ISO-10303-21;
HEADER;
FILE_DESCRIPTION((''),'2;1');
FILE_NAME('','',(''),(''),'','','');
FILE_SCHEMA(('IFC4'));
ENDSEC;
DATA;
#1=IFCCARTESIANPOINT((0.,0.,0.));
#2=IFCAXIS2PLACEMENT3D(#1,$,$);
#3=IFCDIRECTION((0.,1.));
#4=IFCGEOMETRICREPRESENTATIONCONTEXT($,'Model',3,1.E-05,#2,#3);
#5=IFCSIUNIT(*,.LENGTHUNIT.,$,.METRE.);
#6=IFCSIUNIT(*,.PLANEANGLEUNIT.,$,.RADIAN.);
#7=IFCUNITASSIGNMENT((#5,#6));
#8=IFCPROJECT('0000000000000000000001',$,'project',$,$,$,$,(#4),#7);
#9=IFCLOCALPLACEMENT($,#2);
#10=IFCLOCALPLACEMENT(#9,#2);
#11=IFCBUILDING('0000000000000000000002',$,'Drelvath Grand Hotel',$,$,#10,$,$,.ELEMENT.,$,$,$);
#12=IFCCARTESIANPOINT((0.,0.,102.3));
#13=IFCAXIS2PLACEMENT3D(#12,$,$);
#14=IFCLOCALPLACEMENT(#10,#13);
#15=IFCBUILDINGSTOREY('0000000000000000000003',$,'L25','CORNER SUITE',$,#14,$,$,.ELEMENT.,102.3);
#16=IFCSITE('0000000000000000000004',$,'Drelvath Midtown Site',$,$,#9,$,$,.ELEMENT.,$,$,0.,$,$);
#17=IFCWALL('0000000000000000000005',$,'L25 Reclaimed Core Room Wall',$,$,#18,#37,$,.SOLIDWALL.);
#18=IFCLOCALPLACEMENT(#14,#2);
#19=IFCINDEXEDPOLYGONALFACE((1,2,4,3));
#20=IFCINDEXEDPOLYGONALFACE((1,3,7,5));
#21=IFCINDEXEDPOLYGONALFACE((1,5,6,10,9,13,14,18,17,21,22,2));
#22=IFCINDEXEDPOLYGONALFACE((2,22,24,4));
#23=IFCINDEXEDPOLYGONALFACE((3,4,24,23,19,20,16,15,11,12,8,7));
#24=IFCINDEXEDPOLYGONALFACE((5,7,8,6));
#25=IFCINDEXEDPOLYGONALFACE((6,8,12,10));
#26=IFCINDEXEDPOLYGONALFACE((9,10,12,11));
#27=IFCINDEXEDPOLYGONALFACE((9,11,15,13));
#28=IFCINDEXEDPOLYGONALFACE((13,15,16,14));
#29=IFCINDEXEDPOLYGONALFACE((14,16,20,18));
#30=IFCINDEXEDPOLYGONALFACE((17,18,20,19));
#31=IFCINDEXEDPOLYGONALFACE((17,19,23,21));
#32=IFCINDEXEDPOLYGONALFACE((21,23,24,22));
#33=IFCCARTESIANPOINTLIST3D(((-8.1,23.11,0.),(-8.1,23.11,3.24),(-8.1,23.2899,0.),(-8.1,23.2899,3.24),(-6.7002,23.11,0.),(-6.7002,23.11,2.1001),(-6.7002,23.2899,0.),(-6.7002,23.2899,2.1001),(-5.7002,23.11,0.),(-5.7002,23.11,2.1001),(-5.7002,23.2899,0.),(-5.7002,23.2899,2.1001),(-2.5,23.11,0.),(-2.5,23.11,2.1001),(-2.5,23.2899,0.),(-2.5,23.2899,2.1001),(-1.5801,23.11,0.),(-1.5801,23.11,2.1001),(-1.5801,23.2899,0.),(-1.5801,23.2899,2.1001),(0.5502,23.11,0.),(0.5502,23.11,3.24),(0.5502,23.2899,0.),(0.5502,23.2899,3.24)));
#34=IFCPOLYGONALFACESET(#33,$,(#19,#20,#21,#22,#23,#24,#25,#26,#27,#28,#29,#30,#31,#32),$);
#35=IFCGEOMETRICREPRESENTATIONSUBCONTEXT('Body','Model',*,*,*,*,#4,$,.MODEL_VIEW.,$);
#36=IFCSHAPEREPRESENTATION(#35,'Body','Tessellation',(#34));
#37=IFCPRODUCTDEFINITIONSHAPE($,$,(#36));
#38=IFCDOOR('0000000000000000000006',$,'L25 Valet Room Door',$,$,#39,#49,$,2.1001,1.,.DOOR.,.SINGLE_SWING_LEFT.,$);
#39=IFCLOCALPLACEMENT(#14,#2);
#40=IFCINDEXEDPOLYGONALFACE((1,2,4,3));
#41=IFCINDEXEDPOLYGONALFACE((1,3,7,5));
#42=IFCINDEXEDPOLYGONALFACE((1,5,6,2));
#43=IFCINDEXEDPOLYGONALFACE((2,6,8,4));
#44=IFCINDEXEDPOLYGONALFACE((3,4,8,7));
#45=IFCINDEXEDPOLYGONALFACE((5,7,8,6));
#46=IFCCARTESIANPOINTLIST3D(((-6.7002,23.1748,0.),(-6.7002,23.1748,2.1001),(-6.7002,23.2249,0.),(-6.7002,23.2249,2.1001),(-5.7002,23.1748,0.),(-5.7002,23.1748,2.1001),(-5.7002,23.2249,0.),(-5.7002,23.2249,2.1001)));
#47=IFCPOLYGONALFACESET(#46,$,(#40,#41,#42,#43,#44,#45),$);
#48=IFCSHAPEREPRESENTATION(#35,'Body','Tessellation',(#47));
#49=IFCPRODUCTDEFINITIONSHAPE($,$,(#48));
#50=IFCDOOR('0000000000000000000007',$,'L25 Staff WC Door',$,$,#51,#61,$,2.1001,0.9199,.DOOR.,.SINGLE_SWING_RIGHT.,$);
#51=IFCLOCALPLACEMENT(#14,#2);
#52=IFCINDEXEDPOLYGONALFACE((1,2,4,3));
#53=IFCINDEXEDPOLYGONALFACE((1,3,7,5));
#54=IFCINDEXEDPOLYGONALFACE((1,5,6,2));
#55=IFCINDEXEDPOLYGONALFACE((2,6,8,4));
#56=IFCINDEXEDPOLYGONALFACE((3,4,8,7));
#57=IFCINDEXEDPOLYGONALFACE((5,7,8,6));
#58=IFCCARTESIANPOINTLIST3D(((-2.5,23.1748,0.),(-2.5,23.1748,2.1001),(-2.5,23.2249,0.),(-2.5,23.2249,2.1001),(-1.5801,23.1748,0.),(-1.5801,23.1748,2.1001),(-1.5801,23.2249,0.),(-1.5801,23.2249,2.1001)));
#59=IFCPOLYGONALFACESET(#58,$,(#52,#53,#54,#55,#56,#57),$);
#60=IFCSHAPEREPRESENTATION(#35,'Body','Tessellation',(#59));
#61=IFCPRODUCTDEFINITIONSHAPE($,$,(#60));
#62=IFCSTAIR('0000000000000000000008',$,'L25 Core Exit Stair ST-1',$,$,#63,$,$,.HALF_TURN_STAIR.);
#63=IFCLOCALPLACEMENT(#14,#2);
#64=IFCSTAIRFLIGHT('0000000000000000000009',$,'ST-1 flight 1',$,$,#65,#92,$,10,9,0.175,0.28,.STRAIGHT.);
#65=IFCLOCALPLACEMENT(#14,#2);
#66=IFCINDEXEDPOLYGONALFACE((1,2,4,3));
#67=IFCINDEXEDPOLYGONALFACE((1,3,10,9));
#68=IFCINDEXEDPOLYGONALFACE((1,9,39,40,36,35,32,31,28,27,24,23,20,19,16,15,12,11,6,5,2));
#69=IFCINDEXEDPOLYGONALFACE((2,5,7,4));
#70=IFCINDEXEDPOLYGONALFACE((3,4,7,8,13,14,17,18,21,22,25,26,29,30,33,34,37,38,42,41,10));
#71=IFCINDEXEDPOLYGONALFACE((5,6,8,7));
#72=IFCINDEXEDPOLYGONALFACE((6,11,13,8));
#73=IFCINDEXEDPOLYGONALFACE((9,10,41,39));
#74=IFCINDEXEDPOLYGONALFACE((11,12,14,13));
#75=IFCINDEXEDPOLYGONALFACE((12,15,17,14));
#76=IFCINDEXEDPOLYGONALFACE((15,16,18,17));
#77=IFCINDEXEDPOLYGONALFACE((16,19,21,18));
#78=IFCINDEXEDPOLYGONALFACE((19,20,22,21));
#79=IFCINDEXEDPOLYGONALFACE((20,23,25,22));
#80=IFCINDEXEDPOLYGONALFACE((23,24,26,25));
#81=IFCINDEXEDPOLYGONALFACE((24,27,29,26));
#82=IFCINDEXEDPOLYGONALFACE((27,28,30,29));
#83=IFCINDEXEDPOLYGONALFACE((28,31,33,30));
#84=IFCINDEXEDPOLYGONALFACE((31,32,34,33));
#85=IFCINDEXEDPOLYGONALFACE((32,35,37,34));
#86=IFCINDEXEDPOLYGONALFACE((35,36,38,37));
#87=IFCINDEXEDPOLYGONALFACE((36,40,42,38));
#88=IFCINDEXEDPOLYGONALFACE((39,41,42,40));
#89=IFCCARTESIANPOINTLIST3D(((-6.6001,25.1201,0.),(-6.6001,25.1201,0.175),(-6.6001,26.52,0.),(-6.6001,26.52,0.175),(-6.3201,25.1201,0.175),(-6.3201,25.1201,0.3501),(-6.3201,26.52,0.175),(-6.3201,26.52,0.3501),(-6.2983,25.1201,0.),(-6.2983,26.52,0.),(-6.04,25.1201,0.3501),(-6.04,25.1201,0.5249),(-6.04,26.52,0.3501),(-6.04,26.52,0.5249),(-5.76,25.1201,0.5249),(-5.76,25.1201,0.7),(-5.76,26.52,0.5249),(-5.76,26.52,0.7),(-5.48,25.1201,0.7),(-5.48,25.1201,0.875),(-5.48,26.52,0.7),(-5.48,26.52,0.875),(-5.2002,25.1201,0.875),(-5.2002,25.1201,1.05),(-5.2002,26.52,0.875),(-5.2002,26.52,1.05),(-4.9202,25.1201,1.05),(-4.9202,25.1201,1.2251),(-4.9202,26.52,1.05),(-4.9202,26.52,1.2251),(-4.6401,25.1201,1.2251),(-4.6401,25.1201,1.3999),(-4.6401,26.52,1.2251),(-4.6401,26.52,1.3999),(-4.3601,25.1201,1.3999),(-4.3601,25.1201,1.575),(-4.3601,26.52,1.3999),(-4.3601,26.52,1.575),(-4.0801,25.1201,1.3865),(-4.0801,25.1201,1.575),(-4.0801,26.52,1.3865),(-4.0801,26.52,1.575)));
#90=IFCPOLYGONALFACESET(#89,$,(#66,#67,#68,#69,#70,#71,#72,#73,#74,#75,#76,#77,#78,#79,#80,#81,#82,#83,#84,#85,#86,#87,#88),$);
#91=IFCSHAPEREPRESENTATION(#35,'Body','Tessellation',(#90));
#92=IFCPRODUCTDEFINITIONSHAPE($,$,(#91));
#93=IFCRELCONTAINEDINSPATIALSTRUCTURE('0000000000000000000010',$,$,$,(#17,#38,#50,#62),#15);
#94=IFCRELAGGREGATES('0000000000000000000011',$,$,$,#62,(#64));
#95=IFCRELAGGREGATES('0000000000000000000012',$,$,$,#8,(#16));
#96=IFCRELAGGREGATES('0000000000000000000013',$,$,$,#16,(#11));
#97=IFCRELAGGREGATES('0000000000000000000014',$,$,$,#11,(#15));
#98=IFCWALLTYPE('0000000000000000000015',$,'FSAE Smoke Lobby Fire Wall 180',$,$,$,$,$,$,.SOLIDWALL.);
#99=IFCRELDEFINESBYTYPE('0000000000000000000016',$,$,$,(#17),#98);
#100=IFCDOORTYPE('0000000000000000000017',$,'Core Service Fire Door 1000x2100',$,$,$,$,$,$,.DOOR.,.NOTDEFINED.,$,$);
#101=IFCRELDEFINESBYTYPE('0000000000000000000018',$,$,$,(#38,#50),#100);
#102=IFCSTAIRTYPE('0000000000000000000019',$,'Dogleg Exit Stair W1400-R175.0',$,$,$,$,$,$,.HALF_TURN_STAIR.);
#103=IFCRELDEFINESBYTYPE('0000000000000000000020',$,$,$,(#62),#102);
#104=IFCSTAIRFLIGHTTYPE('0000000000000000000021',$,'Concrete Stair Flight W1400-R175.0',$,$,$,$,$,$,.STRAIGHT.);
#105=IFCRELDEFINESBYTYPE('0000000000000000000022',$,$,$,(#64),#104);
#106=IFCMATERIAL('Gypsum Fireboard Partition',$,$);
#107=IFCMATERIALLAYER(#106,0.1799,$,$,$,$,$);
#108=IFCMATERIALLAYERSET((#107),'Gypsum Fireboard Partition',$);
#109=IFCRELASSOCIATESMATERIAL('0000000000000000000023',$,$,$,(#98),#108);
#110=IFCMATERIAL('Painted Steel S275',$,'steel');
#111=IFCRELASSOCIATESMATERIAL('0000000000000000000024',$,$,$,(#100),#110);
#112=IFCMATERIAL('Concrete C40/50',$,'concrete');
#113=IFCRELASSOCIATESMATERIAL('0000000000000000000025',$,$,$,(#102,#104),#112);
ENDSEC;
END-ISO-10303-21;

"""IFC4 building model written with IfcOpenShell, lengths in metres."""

from ifc_helpers import new_model, si_unit, direction, frame, frame_2d, origin, place, context, subcontext, project, spatial, polyline, rectangle, outline, extrude, material, layer, layer_set, type_object, element, fill, aggregate, save


model = new_model("IFC4")

# Units and contexts
model_context = context("Model", 3, precision=1e-05, world=origin(), true_north=direction((0.0, 1.0)))
body_context = subcontext(model_context, "Body", "Model", "MODEL_VIEW")
ifc_project = project(units=[si_unit("LENGTHUNIT", "METRE"), si_unit("PLANEANGLEUNIT", "RADIAN")], contexts=[model_context])

# Site, building, storey
site_placement = place(None, origin())
site = spatial("IfcSite", under=ifc_project, at=site_placement, Name="Drelvath Midtown Site", CompositionType="ELEMENT", RefElevation=0.0)
building_placement = place(site_placement, origin())
building = spatial("IfcBuilding", under=site, at=building_placement, Name="Drelvath Grand Hotel", CompositionType="ELEMENT")
storey_placement = place(building_placement, frame((0.0, 0.0, 102.3)))
storey = spatial("IfcBuildingStorey", under=building, at=storey_placement, Name="L25", Description="CORNER SUITE", CompositionType="ELEMENT", Elevation=102.3)

# Shared definitions
ifc_material_1 = material(Name="Concrete C40/50", Category="concrete")
ifc_material_2 = material(Name="Painted Steel S275", Category="steel")
ifc_material_3 = material(Name="Gypsum Fireboard Partition")

# Wall, openings, doors
ifc_layer_1 = layer(ifc_material_3, 0.1799)
ifc_layer_set_1 = layer_set([ifc_layer_1], Name="Gypsum Fireboard Partition")
wall_type_1 = type_object("IfcWallType", Name="FSAE Smoke Lobby Fire Wall 180", PredefinedType="SOLIDWALL", material=ifc_layer_set_1)
wall_1_placement = place(storey_placement, frame((-8.1001, 23.2, 0.0), z_axis=(0.0, 0.0, 1.0), x_axis=(1.0, 0.0, 0.0)))
wall_1 = element("IfcWall", 1, at=wall_1_placement, inside=storey, type_object=wall_type_1, Name="L25 Reclaimed Core Room Wall", PredefinedType="SOLIDWALL", context=body_context, shape_type="SweptSolid", body=[
    extrude(rectangle(XDim=8.6501, YDim=0.1799, at=frame_2d((4.3252, 0.0))), origin(), (0.0, 0.0, 1.0), 3.24),
])
opening_1_placement = place(wall_1_placement, frame((1.3999, 0.0, 0.0)))
opening_1 = element("IfcOpeningElement", 2, at=opening_1_placement, cuts=wall_1, PredefinedType="OPENING", context=body_context, shape_type="SweptSolid", body=[
    extrude(rectangle(XDim=1.0, YDim=2.1001, at=frame_2d((0.5, 1.05))), frame((0.0, 0.0999, 0.0), z_axis=(0.0, -1.0, 0.0), x_axis=(1.0, 0.0, 0.0)), (0.0, 0.0, 1.0), 0.2),
])
opening_2_placement = place(wall_1_placement, frame((5.6001, 0.0, 0.0)))
opening_2 = element("IfcOpeningElement", 3, at=opening_2_placement, cuts=wall_1, PredefinedType="OPENING", context=body_context, shape_type="SweptSolid", body=[
    extrude(rectangle(XDim=0.9199, YDim=2.1001, at=frame_2d((0.46, 1.05))), frame((0.0, 0.0999, 0.0), z_axis=(0.0, -1.0, 0.0), x_axis=(1.0, 0.0, 0.0)), (0.0, 0.0, 1.0), 0.2),
])
door_type_1 = type_object("IfcDoorType", Name="Core Service Fire Door 1000x2100", OperationType="NOTDEFINED", PredefinedType="DOOR", material=ifc_material_2)
door_1_placement = place(opening_1_placement, origin())
door_1 = element("IfcDoor", 4, at=door_1_placement, inside=storey, type_object=door_type_1, Name="L25 Valet Room Door", OperationType="SINGLE_SWING_LEFT", OverallHeight=2.1001, OverallWidth=1.0, PredefinedType="DOOR", context=body_context, shape_type="SweptSolid", body=[
    extrude(rectangle(XDim=1.0, YDim=2.1001, at=frame_2d((0.5, 1.05))), frame((0.0, 0.0249, 0.0), z_axis=(0.0, -1.0, 0.0), x_axis=(1.0, 0.0, 0.0)), (0.0, 0.0, 1.0), 0.05),
])
fill(opening_1, door_1)
door_2_placement = place(opening_2_placement, origin())
door_2 = element("IfcDoor", 5, at=door_2_placement, inside=storey, type_object=door_type_1, Name="L25 Staff WC Door", OperationType="SINGLE_SWING_RIGHT", OverallHeight=2.1001, OverallWidth=0.9199, PredefinedType="DOOR", context=body_context, shape_type="SweptSolid", body=[
    extrude(rectangle(XDim=0.9199, YDim=2.1001, at=frame_2d((0.46, 1.05))), frame((0.0, 0.0249, 0.0), z_axis=(0.0, -1.0, 0.0), x_axis=(1.0, 0.0, 0.0)), (0.0, 0.0, 1.0), 0.05),
])
fill(opening_2, door_2)

# Stair, stair flight
stair_type = type_object("IfcStairType", Name="Dogleg Exit Stair W1400-R175.0", PredefinedType="HALF_TURN_STAIR", material=ifc_material_1)
stair_placement = place(storey_placement, origin())
stair = element("IfcStair", 6, at=stair_placement, inside=storey, type_object=stair_type, Name="L25 Core Exit Stair ST-1", PredefinedType="HALF_TURN_STAIR")
stair_flight_type = type_object("IfcStairFlightType", Name="Concrete Stair Flight W1400-R175.0", PredefinedType="STRAIGHT", material=ifc_material_1)
stair_flight_placement = place(storey_placement, frame((-6.6001, 25.8201, 0.0), z_axis=(0.0, 0.0, 1.0), x_axis=(1.0, 0.0, 0.0)))
stair_flight = element("IfcStairFlight", 7, at=stair_flight_placement, type_object=stair_flight_type, Name="ST-1 flight 1", NumberOfRisers=10, NumberOfTreads=9, PredefinedType="STRAIGHT", RiserHeight=0.175, TreadLength=0.28, context=body_context, shape_type="SweptSolid", body=[
    extrude(outline(polyline([(0.0, 0.0), (0.0, 0.175), (0.28, 0.175), (0.28, 0.3501), (0.5601, 0.3501), (0.5601, 0.5249), (0.8401, 0.5249), (0.8401, 0.7), (1.1201, 0.7), (1.1201, 0.875), (1.3999, 0.875), (1.3999, 1.05), (1.6799, 1.05), (1.6799, 1.2251), (1.96, 1.2251), (1.96, 1.3999), (2.24, 1.3999), (2.24, 1.575), (2.52, 1.575), (2.52, 1.75), (2.52, 1.3865), (0.3018, 0.0), (0.0, 0.0)])), frame((0.0, 0.7, 0.0), z_axis=(0.0, -1.0, 0.0), x_axis=(1.0, 0.0, 0.0)), (0.0, 0.0, 1.0), 1.3999),
])
aggregate(stair, [stair_flight])

save(model, "model.ifc")
